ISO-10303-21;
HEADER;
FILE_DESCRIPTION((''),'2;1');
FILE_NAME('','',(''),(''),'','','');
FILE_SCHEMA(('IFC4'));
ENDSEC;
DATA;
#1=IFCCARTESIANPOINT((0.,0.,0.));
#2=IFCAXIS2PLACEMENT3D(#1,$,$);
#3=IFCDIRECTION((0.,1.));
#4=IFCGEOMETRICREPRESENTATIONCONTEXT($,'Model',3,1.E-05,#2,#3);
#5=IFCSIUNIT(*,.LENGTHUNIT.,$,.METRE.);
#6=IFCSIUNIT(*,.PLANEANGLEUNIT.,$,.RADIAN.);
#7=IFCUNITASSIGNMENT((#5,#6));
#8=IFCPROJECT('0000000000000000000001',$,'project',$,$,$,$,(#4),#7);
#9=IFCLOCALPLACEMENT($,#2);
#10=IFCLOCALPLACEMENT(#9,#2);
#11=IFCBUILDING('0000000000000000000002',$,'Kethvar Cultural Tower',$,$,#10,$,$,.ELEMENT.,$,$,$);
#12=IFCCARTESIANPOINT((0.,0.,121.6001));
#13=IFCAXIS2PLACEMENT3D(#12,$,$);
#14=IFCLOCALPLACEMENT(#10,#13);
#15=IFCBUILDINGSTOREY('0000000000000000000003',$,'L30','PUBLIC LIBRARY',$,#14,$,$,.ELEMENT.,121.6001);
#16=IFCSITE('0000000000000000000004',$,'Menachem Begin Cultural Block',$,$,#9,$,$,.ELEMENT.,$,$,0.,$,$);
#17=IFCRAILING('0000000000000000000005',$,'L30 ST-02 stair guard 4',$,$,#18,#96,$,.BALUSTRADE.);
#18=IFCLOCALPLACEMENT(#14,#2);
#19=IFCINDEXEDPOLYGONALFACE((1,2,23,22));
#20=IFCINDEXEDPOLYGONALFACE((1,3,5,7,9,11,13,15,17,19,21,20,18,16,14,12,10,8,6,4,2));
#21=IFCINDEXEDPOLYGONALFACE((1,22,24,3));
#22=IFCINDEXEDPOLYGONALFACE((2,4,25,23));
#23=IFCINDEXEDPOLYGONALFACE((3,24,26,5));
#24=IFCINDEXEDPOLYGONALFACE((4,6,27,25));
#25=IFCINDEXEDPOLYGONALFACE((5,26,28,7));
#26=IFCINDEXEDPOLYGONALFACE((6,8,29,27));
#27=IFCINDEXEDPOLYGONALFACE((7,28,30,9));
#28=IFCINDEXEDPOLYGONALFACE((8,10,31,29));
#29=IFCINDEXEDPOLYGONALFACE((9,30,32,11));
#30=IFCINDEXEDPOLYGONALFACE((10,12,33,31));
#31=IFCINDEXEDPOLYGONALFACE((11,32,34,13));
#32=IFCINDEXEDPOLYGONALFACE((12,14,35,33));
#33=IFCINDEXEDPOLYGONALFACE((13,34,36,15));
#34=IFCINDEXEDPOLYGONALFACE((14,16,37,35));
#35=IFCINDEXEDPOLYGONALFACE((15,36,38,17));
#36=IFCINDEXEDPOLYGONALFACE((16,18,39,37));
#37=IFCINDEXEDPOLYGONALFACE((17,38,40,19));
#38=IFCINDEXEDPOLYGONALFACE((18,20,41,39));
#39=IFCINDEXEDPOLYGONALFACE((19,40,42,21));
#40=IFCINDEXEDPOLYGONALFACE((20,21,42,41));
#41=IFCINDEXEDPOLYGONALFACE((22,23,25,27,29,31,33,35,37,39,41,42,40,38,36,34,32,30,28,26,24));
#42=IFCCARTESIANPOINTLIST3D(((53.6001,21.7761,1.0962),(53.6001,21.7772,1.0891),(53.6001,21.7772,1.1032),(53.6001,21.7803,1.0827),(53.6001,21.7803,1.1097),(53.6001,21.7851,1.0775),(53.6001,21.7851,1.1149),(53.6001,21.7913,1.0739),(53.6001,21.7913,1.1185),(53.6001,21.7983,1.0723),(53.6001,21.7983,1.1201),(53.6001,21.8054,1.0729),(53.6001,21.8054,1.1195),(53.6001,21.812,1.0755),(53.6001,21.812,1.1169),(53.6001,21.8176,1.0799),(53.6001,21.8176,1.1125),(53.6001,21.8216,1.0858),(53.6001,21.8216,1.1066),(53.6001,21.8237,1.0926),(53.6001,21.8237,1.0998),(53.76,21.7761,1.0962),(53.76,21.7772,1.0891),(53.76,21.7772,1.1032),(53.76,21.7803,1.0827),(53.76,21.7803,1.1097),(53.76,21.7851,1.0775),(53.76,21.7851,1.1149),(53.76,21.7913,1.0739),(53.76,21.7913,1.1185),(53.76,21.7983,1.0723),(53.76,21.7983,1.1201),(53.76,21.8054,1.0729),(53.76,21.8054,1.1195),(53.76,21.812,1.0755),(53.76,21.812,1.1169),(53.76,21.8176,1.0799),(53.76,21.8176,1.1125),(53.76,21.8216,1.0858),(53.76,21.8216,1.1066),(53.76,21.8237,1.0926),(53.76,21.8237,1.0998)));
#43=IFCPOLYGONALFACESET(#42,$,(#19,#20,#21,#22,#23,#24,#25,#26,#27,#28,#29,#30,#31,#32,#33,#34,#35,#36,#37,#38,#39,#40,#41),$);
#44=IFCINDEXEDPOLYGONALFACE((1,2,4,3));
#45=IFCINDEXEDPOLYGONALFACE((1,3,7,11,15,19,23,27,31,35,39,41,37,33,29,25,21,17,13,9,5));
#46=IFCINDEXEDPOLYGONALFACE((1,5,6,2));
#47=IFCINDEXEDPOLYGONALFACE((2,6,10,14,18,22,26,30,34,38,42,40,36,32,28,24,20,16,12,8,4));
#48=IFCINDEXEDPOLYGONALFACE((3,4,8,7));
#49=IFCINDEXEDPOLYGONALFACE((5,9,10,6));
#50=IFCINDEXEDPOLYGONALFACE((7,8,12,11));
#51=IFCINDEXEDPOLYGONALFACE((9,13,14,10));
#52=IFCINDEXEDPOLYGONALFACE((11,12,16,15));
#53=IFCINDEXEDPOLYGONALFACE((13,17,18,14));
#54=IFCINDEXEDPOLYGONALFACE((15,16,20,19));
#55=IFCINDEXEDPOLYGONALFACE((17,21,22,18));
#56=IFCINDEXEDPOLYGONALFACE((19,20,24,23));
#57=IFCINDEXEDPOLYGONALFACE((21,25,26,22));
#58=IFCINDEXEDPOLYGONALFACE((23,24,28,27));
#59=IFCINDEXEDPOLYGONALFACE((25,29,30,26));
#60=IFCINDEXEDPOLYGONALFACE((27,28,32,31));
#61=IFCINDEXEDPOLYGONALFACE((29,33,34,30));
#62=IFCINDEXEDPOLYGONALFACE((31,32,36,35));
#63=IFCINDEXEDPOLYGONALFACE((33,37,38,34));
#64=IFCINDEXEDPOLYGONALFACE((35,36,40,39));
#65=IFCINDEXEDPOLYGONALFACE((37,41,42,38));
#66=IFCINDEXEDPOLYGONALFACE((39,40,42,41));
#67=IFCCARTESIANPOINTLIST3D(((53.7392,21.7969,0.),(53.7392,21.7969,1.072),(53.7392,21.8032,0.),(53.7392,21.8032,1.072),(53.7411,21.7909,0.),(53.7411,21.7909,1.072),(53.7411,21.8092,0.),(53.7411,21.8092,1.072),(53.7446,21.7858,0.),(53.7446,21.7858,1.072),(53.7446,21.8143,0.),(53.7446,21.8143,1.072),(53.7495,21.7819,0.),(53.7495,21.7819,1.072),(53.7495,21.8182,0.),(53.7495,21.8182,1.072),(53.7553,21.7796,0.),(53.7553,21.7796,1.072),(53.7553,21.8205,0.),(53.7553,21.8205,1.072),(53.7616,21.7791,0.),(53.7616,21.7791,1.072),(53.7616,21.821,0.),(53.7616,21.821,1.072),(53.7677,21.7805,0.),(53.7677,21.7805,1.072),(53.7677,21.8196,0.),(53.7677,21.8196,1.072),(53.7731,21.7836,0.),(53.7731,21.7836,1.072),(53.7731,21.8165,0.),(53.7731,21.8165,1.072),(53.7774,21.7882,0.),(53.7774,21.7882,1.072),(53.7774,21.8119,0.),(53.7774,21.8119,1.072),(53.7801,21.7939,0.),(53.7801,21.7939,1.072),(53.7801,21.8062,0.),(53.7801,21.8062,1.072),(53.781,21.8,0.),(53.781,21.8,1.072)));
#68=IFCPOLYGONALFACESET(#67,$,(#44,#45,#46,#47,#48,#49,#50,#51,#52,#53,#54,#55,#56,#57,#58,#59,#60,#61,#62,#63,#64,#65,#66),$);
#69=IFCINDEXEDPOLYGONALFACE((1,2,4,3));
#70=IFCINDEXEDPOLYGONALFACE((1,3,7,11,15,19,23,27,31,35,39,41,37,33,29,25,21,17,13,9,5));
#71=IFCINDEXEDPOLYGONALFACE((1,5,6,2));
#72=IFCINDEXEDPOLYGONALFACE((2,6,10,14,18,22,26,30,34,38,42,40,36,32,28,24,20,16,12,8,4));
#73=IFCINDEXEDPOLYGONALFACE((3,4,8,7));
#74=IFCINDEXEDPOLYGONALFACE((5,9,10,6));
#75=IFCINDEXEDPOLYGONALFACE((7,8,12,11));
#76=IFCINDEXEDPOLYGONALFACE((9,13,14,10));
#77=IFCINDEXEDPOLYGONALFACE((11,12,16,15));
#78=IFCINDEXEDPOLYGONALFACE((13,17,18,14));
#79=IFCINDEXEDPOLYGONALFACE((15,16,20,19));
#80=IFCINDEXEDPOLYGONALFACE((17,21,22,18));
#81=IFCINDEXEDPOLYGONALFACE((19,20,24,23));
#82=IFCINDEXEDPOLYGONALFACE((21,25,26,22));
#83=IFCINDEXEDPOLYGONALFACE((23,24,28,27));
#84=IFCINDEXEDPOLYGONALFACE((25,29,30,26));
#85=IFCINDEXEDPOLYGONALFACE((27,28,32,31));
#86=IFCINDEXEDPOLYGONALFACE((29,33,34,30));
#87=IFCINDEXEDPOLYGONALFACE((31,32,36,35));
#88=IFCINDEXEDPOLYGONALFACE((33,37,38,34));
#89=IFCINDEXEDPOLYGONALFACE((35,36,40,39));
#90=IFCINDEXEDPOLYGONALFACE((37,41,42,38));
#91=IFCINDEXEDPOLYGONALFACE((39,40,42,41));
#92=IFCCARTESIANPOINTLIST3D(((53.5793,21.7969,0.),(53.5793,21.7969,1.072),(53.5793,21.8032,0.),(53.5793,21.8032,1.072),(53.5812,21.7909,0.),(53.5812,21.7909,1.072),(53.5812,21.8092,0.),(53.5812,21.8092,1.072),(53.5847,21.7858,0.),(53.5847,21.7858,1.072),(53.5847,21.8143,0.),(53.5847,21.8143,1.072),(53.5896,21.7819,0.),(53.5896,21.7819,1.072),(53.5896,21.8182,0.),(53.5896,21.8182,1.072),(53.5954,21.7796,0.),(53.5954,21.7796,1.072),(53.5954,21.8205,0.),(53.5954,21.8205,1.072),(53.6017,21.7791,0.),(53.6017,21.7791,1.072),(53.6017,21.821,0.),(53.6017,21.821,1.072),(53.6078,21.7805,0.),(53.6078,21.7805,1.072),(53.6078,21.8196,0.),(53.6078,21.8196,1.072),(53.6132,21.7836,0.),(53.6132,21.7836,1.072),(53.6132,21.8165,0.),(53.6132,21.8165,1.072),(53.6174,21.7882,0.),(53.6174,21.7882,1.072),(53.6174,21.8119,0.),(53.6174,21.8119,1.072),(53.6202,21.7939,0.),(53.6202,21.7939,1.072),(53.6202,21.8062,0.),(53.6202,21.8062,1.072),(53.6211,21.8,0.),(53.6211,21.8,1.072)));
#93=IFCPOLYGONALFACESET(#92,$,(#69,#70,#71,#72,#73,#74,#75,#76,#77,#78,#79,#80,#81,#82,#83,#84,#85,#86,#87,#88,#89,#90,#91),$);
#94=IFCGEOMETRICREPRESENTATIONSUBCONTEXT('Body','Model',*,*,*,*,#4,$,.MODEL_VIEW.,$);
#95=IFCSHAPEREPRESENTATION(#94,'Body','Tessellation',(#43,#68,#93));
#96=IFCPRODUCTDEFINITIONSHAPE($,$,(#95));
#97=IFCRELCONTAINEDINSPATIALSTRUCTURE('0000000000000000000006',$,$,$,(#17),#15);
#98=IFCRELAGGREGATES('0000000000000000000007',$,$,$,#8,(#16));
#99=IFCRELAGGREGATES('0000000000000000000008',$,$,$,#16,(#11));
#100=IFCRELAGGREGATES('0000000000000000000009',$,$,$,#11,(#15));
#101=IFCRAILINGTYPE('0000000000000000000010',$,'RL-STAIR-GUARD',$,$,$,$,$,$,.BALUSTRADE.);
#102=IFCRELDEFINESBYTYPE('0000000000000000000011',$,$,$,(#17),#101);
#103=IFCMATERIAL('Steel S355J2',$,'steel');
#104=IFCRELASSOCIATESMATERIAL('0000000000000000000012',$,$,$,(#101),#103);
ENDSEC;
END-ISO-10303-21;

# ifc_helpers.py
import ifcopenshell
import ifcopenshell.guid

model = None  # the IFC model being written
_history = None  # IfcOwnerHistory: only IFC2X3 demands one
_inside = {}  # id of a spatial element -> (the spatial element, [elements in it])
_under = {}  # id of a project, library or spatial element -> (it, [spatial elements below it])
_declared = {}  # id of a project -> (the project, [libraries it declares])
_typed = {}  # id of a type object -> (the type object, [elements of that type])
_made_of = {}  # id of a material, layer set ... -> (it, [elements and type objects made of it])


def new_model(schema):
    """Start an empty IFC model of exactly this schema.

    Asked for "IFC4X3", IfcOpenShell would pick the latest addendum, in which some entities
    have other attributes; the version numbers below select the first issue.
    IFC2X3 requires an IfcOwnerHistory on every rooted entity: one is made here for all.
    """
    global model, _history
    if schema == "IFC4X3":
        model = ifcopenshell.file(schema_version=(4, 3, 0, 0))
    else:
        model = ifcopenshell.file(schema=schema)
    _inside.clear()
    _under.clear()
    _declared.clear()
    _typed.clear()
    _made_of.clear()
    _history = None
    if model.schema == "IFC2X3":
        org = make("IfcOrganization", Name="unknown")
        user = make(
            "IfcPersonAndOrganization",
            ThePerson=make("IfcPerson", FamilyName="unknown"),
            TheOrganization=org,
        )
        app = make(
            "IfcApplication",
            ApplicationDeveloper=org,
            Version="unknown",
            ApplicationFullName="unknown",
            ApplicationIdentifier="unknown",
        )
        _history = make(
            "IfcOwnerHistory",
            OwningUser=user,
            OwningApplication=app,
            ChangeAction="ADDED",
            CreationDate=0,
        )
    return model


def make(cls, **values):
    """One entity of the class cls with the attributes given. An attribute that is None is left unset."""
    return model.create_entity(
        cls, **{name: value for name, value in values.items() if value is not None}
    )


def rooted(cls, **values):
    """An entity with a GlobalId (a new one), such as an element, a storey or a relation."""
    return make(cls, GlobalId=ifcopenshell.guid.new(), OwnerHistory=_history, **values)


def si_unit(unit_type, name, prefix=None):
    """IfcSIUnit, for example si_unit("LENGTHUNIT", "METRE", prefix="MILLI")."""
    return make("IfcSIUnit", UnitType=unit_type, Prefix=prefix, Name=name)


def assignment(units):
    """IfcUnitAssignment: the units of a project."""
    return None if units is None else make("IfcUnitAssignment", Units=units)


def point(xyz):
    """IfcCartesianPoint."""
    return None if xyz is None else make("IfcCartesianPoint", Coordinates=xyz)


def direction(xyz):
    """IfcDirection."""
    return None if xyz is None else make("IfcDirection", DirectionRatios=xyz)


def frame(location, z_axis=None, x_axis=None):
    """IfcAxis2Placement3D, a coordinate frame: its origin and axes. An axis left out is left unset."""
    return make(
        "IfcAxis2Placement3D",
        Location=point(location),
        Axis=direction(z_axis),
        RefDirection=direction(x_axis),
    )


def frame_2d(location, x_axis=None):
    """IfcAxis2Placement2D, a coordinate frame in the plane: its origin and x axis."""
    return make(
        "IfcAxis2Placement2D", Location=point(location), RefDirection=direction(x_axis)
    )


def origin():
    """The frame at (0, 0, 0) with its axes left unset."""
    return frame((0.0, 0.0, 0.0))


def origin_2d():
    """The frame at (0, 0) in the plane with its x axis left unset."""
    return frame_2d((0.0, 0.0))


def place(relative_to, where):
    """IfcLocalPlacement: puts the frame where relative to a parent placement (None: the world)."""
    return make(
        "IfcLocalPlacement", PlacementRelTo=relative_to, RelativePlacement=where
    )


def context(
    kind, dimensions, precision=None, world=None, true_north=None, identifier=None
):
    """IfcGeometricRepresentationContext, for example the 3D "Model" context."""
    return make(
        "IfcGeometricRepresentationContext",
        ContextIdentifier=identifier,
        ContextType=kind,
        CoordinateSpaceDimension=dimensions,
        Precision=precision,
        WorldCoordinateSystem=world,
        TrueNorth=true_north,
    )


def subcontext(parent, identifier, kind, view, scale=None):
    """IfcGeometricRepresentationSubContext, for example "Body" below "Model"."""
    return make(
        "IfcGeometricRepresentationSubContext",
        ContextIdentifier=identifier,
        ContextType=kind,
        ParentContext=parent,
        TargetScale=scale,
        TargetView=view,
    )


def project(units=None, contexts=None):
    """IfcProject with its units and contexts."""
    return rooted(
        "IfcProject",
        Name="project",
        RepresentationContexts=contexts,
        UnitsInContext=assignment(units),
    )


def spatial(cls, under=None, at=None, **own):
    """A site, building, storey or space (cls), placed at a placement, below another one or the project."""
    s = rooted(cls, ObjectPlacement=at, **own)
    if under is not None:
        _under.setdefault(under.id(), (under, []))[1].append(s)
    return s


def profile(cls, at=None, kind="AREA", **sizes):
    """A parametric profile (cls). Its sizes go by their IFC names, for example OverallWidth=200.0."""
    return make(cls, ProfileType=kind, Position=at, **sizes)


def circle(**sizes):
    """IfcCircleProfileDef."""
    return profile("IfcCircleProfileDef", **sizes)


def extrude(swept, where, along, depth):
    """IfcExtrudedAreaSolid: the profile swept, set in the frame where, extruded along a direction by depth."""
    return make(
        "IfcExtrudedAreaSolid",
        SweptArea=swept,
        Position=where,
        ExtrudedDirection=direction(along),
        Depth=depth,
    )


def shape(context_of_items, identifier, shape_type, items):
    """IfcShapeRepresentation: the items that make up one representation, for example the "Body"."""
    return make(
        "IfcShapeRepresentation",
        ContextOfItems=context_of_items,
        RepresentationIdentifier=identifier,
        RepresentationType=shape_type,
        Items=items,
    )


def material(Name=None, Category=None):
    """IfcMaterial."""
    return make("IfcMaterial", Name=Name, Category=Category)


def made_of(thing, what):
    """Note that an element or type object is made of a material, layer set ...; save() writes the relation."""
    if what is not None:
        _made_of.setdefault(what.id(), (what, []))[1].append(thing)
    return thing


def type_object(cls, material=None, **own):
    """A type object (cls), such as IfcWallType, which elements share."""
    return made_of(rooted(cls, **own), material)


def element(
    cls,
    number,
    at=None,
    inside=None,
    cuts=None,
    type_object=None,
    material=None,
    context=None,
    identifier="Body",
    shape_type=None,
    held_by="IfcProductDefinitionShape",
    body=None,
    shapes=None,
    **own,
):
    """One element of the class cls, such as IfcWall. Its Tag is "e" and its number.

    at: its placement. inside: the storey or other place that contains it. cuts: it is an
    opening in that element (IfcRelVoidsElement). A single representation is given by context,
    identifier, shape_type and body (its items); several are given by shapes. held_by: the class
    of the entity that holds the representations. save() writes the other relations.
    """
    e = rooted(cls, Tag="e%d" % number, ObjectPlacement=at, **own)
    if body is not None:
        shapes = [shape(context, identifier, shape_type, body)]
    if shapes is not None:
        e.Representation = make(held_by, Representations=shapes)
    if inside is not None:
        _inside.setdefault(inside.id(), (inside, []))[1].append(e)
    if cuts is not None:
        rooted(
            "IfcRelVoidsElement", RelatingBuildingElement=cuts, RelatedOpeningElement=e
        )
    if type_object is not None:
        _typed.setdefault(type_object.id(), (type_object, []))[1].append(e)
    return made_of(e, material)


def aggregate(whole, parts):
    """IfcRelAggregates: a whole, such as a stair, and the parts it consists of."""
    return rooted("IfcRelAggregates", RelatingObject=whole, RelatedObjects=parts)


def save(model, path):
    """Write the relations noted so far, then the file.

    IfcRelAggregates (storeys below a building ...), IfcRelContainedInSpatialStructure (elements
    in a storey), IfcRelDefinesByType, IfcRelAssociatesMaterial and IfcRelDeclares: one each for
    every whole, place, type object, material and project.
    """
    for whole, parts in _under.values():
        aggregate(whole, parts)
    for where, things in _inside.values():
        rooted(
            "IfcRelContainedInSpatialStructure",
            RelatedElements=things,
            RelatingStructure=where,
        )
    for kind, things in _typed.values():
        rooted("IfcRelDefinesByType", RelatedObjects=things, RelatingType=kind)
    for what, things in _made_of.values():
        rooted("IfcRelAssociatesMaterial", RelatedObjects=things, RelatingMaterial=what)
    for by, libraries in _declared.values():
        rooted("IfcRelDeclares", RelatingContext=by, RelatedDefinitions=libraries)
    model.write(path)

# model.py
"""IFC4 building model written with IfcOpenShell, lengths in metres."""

from ifc_helpers import new_model, si_unit, direction, frame, origin, origin_2d, place, context, subcontext, project, spatial, circle, extrude, material, type_object, element, save


model = new_model("IFC4")

# Units and contexts
model_context = context("Model", 3, precision=1e-05, world=origin(), true_north=direction((0.0, 1.0)))
body_context = subcontext(model_context, "Body", "Model", "MODEL_VIEW")
ifc_project = project(units=[si_unit("LENGTHUNIT", "METRE"), si_unit("PLANEANGLEUNIT", "RADIAN")], contexts=[model_context])

# Site, building, storey
site_placement = place(None, origin())
site = spatial("IfcSite", under=ifc_project, at=site_placement, Name="Menachem Begin Cultural Block", CompositionType="ELEMENT", RefElevation=0.0)
building_placement = place(site_placement, origin())
building = spatial("IfcBuilding", under=site, at=building_placement, Name="Kethvar Cultural Tower", CompositionType="ELEMENT")
storey_placement = place(building_placement, frame((0.0, 0.0, 121.6001)))
storey = spatial("IfcBuildingStorey", under=building, at=storey_placement, Name="L30", Description="PUBLIC LIBRARY", CompositionType="ELEMENT", Elevation=121.6001)

# Shared definitions
ifc_material_1 = material(Name="Steel S355J2", Category="steel")

# Railing
railing_type_1 = type_object("IfcRailingType", Name="RL-STAIR-GUARD", PredefinedType="BALUSTRADE", material=ifc_material_1)
railing_1_placement = place(storey_placement, frame((53.76, 21.8, 0.0)))
element("IfcRailing", 1, at=railing_1_placement, inside=storey, type_object=railing_type_1, Name="L30 ST-02 stair guard 4", PredefinedType="BALUSTRADE", context=body_context, shape_type="SweptSolid", body=[
    extrude(circle(Radius=0.0239, at=origin_2d()), frame((0.0, 0.0, 1.0962), z_axis=(-1.0, 0.0, 0.0), x_axis=(0.0, -1.0, 0.0)), (0.0, 0.0, 1.0), 0.1599),
    extrude(circle(Radius=0.021, at=origin_2d()), origin(), (0.0, 0.0, 1.0), 1.072),
    extrude(circle(Radius=0.021, at=origin_2d()), frame((-0.1599, 0.0, 0.0)), (0.0, 0.0, 1.0), 1.072),
])

save(model, "model.ifc")
